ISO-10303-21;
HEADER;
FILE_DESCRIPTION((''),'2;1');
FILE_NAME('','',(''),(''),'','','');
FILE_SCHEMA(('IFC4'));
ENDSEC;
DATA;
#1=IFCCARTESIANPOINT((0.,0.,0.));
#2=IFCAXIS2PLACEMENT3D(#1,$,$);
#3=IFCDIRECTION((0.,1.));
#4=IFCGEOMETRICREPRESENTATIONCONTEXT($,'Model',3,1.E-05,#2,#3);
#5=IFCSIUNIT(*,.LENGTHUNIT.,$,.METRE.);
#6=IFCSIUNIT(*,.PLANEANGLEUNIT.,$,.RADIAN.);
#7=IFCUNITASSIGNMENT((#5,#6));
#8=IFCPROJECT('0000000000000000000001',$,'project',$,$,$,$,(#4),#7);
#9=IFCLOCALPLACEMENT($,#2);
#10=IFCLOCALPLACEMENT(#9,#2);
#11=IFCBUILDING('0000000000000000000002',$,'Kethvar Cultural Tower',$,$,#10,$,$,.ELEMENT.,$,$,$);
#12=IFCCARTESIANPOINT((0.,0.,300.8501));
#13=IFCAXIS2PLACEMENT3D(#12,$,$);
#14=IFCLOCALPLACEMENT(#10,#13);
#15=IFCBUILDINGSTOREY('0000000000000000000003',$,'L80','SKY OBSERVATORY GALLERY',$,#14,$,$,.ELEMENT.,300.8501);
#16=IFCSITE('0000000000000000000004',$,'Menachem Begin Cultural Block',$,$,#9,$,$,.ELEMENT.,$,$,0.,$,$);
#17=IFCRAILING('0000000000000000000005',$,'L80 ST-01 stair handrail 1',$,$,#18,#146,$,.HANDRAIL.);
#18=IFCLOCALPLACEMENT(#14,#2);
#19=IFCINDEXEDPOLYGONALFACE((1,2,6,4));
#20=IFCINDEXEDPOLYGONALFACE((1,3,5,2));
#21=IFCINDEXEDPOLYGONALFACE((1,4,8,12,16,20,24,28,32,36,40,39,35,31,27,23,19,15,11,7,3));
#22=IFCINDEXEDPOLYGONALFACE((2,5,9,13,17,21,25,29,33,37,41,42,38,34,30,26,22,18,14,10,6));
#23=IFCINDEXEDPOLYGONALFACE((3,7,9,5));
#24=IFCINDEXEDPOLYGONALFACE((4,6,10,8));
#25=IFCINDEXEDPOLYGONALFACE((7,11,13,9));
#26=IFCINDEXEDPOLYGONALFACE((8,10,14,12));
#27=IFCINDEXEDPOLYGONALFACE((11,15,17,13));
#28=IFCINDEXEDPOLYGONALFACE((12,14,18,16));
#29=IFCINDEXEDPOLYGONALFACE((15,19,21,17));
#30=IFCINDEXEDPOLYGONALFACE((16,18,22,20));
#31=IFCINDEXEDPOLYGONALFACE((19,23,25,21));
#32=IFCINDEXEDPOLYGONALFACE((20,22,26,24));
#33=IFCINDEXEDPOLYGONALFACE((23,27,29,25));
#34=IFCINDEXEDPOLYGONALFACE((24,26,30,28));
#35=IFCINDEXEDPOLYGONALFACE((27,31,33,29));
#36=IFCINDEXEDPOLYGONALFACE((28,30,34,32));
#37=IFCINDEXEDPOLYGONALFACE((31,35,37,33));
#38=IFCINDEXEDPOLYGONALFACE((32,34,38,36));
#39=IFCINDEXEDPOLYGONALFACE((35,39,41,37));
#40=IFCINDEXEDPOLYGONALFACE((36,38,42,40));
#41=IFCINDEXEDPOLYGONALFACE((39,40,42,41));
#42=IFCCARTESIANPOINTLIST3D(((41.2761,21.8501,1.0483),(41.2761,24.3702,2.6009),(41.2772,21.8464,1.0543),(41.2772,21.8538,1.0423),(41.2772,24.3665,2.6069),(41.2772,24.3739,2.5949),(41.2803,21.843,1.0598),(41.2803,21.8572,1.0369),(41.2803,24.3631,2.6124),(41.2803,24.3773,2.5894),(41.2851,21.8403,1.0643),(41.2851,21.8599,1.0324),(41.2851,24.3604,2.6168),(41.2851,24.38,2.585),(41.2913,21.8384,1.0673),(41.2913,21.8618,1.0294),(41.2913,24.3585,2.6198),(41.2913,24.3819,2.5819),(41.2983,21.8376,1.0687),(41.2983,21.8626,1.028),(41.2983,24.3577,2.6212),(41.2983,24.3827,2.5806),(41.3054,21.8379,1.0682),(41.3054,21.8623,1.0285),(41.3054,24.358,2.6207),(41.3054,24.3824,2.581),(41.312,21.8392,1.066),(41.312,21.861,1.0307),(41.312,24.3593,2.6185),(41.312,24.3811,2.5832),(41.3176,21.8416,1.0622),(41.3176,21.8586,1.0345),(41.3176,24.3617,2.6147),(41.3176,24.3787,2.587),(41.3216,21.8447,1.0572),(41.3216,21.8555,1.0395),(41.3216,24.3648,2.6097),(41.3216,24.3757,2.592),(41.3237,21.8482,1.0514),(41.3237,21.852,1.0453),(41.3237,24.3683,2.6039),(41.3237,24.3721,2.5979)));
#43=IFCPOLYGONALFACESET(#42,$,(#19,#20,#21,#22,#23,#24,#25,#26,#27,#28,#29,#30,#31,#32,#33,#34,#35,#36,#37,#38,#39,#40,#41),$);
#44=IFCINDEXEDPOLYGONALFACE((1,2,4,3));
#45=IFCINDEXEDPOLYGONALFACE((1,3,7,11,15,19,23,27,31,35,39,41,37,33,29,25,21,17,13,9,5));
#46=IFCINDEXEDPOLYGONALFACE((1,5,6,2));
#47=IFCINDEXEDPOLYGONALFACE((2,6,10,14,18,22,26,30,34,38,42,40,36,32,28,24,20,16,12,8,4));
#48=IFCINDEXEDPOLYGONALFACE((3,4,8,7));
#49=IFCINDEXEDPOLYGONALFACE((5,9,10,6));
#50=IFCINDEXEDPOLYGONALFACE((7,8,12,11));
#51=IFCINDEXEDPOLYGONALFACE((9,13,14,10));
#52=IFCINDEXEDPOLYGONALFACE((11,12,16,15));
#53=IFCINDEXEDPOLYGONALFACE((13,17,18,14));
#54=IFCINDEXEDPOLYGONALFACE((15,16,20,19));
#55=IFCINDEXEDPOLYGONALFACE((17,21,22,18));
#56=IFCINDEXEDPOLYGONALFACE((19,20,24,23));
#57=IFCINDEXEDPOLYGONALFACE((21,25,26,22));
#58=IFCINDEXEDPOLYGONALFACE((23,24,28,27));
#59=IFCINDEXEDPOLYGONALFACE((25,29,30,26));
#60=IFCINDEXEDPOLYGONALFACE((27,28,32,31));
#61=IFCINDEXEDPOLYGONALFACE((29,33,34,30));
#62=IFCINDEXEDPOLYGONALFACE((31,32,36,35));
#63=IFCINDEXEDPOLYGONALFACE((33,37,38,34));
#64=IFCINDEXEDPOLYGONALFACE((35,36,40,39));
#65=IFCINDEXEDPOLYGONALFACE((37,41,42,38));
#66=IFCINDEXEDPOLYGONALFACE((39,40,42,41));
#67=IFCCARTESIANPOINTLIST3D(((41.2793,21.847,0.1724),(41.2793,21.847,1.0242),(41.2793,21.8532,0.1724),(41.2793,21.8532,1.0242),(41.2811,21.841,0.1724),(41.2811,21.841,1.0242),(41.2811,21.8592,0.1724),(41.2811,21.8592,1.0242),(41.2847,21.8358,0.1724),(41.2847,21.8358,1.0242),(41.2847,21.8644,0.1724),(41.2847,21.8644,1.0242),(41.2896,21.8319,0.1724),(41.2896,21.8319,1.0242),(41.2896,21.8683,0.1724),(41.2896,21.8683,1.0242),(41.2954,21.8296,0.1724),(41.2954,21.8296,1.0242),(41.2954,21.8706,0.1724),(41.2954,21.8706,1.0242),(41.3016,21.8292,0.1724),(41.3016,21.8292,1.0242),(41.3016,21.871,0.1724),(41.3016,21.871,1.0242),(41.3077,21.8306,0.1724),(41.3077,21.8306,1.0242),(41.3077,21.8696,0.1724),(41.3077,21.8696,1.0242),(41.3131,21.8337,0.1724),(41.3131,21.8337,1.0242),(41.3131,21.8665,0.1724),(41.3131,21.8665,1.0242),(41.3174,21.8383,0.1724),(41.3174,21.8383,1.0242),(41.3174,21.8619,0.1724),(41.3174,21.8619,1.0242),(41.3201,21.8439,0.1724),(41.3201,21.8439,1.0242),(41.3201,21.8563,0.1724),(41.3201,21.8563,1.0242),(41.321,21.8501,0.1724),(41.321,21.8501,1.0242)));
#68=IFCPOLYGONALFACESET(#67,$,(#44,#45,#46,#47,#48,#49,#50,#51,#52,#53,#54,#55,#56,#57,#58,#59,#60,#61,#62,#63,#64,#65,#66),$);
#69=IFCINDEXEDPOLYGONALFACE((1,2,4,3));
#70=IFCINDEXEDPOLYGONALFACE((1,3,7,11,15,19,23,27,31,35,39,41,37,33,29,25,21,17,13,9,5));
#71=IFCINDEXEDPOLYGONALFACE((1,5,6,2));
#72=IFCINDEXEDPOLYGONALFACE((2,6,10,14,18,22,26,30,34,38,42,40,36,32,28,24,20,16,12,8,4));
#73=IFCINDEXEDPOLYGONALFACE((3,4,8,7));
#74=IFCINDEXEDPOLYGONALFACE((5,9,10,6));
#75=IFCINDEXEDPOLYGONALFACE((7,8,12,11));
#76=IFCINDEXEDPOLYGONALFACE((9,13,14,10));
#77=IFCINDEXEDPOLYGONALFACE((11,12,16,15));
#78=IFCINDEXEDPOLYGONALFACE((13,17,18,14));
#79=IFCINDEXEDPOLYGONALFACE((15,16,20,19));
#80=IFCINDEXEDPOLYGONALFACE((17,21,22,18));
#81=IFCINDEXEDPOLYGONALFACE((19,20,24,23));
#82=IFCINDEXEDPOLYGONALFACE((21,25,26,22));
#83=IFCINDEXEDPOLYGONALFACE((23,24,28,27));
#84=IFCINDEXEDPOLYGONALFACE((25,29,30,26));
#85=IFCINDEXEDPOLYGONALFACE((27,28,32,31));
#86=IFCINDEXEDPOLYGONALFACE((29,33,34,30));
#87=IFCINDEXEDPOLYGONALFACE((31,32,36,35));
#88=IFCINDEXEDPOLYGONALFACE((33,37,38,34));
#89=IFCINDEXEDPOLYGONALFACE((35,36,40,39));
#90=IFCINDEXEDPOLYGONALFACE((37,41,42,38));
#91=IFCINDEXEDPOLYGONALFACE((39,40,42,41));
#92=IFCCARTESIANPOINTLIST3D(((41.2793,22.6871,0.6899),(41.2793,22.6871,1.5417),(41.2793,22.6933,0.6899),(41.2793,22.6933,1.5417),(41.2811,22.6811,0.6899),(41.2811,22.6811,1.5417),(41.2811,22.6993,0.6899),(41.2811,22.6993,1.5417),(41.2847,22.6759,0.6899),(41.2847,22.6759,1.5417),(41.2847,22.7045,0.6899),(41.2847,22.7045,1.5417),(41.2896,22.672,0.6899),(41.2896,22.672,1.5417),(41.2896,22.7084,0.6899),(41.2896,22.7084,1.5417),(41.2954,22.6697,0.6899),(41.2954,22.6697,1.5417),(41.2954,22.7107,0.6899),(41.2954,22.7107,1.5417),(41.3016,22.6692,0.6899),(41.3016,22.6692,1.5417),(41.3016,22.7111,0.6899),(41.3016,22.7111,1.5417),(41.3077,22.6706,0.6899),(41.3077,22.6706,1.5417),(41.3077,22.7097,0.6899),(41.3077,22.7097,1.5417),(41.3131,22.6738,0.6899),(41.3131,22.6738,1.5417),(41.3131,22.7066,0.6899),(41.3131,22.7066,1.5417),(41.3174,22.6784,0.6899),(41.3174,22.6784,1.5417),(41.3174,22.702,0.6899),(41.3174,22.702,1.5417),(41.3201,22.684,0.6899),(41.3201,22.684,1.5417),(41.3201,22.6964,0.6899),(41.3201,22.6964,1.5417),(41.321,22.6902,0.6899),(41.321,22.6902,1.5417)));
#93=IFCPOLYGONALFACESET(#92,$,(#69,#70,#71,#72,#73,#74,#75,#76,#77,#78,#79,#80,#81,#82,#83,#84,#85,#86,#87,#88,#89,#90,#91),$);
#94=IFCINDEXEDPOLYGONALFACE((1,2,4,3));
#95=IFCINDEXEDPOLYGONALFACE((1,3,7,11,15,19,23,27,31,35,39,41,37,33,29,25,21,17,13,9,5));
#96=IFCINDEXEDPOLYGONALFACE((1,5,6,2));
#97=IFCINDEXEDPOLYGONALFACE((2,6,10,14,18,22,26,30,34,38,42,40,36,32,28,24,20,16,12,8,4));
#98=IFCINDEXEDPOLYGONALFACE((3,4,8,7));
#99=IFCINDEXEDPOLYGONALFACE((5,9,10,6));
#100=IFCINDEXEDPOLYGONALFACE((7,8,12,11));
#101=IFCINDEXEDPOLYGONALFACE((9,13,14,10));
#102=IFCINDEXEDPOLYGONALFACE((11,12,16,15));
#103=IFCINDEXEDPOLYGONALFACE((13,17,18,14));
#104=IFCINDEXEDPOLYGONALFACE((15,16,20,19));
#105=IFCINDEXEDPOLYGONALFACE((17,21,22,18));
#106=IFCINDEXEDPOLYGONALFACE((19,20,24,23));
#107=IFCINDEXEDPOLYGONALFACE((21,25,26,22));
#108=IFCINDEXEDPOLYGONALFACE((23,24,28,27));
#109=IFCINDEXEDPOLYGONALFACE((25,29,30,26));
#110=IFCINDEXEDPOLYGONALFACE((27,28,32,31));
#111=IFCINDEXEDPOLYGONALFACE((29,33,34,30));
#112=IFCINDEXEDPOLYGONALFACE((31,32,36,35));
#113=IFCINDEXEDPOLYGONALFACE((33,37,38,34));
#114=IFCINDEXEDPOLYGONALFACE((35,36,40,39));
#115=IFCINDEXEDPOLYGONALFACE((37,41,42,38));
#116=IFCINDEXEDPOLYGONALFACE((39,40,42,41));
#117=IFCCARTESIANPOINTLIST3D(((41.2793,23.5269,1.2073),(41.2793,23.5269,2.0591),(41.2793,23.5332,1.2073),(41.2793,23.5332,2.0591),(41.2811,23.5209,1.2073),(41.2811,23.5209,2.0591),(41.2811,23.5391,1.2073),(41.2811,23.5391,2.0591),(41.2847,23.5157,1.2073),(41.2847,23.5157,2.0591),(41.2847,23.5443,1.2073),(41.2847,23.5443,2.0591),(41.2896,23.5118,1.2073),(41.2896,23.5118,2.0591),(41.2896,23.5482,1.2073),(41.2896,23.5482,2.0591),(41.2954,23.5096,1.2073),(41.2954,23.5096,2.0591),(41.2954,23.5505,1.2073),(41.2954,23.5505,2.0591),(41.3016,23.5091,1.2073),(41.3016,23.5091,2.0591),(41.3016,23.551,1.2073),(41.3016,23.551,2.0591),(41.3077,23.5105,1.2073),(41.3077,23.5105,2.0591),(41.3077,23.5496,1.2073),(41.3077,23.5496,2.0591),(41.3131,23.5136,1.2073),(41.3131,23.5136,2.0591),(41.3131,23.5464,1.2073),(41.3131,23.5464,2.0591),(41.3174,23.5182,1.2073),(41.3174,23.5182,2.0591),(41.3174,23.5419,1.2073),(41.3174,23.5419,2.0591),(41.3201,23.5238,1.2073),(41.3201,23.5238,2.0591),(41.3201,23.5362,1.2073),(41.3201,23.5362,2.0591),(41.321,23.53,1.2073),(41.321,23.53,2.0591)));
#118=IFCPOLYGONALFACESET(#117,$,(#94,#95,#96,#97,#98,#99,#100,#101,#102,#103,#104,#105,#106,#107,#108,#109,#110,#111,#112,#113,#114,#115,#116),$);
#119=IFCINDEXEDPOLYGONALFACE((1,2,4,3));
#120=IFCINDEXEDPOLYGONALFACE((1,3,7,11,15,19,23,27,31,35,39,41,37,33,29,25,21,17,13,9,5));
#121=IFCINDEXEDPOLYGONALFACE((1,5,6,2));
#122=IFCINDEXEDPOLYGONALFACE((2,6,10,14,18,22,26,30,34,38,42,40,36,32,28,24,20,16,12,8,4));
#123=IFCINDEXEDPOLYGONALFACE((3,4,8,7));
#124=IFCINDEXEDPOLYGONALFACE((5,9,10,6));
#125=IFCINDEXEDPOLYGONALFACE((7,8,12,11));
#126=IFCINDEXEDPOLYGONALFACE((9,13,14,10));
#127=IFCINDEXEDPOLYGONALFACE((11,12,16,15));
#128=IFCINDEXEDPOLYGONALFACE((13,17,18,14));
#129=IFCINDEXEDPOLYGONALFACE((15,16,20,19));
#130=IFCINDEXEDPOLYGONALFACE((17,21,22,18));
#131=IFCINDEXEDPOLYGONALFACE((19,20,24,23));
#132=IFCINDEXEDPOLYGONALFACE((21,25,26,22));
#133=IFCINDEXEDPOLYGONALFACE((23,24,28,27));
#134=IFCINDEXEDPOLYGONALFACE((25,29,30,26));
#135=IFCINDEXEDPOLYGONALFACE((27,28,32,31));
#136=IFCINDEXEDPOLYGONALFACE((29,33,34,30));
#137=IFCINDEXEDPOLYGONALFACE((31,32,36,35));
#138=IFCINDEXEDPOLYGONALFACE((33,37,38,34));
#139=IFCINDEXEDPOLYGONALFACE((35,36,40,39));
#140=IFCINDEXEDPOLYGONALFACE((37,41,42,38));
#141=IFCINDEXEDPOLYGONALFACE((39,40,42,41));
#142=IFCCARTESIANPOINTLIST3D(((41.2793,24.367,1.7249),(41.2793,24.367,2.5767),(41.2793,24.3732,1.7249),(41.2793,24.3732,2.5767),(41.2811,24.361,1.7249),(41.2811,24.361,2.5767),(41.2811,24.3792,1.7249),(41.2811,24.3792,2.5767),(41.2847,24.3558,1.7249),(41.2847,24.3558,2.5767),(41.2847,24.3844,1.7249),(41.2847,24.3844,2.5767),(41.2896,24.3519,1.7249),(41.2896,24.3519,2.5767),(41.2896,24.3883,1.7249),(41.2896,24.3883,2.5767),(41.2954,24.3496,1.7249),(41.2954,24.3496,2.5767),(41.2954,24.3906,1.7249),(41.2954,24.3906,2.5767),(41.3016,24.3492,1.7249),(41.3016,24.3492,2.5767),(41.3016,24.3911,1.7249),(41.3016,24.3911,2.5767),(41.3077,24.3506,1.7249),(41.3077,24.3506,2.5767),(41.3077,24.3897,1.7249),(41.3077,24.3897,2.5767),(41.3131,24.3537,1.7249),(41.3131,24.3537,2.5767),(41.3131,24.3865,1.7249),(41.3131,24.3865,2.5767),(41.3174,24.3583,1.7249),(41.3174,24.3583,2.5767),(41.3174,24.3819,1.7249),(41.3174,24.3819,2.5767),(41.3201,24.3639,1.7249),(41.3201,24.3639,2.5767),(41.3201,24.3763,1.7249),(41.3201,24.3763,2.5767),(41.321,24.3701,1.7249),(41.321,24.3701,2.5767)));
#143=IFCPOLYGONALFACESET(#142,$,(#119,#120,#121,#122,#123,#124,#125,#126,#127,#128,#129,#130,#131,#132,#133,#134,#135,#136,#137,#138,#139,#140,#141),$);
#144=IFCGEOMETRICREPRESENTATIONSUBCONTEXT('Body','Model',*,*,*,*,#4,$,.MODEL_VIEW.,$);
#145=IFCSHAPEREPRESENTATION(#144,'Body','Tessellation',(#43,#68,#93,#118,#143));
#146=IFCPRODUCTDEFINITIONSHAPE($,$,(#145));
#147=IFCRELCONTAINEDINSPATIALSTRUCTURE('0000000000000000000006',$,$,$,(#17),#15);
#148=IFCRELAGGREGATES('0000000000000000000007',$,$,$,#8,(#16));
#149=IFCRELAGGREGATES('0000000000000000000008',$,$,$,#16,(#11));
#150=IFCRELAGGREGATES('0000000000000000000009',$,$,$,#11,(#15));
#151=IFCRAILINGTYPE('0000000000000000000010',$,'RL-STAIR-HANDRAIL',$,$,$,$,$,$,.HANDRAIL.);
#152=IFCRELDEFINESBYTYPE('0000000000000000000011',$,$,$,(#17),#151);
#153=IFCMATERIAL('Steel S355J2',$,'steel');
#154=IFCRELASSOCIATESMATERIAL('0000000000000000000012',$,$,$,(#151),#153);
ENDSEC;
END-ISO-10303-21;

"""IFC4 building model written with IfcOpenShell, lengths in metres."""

from ifc_helpers import new_model, si_unit, direction, frame, origin, origin_2d, place, context, subcontext, project, spatial, circle, extrude, material, type_object, element, save


model = new_model("IFC4")

# Units and contexts
model_context = context("Model", 3, precision=1e-05, world=origin(), true_north=direction((0.0, 1.0)))
body_context = subcontext(model_context, "Body", "Model", "MODEL_VIEW")
ifc_project = project(units=[si_unit("LENGTHUNIT", "METRE"), si_unit("PLANEANGLEUNIT", "RADIAN")], contexts=[model_context])

# Site, building, storey
site_placement = place(None, origin())
site = spatial("IfcSite", under=ifc_project, at=site_placement, Name="Menachem Begin Cultural Block", CompositionType="ELEMENT", RefElevation=0.0)
building_placement = place(site_placement, origin())
building = spatial("IfcBuilding", under=site, at=building_placement, Name="Kethvar Cultural Tower", CompositionType="ELEMENT")
storey_placement = place(building_placement, frame((0.0, 0.0, 300.8501)))
storey = spatial("IfcBuildingStorey", under=building, at=storey_placement, Name="L80", Description="SKY OBSERVATORY GALLERY", CompositionType="ELEMENT", Elevation=300.8501)

# Shared definitions
ifc_material_1 = material(Name="Steel S355J2", Category="steel")

# Railing
railing_type_1 = type_object("IfcRailingType", Name="RL-STAIR-HANDRAIL", PredefinedType="HANDRAIL", material=ifc_material_1)
railing_1_placement = place(storey_placement, frame((41.3, 21.8501, 0.1724)))
element("IfcRailing", 1, at=railing_1_placement, inside=storey, type_object=railing_type_1, Name="L80 ST-01 stair handrail 1", PredefinedType="HANDRAIL", context=body_context, shape_type="SweptSolid", body=[
    extrude(circle(Radius=0.0239, at=origin_2d()), frame((0.0, 0.0, 0.876), z_axis=(0.0, 0.8514, 0.524516), x_axis=(-1.0, 0.0, 0.0)), (0.0, 0.0, 1.0), 2.96),
    extrude(circle(Radius=0.021, at=origin_2d()), origin(), (0.0, 0.0, 1.0), 0.8518),
    extrude(circle(Radius=0.021, at=origin_2d()), frame((0.0, 0.8401, 0.5176)), (0.0, 0.0, 1.0), 0.8518),
    extrude(circle(Radius=0.021, at=origin_2d()), frame((0.0, 1.6799, 1.0349)), (0.0, 0.0, 1.0), 0.8518),
    extrude(circle(Radius=0.021, at=origin_2d()), frame((0.0, 2.52, 1.5525)), (0.0, 0.0, 1.0), 0.8518),
])

save(model, "model.ifc")
